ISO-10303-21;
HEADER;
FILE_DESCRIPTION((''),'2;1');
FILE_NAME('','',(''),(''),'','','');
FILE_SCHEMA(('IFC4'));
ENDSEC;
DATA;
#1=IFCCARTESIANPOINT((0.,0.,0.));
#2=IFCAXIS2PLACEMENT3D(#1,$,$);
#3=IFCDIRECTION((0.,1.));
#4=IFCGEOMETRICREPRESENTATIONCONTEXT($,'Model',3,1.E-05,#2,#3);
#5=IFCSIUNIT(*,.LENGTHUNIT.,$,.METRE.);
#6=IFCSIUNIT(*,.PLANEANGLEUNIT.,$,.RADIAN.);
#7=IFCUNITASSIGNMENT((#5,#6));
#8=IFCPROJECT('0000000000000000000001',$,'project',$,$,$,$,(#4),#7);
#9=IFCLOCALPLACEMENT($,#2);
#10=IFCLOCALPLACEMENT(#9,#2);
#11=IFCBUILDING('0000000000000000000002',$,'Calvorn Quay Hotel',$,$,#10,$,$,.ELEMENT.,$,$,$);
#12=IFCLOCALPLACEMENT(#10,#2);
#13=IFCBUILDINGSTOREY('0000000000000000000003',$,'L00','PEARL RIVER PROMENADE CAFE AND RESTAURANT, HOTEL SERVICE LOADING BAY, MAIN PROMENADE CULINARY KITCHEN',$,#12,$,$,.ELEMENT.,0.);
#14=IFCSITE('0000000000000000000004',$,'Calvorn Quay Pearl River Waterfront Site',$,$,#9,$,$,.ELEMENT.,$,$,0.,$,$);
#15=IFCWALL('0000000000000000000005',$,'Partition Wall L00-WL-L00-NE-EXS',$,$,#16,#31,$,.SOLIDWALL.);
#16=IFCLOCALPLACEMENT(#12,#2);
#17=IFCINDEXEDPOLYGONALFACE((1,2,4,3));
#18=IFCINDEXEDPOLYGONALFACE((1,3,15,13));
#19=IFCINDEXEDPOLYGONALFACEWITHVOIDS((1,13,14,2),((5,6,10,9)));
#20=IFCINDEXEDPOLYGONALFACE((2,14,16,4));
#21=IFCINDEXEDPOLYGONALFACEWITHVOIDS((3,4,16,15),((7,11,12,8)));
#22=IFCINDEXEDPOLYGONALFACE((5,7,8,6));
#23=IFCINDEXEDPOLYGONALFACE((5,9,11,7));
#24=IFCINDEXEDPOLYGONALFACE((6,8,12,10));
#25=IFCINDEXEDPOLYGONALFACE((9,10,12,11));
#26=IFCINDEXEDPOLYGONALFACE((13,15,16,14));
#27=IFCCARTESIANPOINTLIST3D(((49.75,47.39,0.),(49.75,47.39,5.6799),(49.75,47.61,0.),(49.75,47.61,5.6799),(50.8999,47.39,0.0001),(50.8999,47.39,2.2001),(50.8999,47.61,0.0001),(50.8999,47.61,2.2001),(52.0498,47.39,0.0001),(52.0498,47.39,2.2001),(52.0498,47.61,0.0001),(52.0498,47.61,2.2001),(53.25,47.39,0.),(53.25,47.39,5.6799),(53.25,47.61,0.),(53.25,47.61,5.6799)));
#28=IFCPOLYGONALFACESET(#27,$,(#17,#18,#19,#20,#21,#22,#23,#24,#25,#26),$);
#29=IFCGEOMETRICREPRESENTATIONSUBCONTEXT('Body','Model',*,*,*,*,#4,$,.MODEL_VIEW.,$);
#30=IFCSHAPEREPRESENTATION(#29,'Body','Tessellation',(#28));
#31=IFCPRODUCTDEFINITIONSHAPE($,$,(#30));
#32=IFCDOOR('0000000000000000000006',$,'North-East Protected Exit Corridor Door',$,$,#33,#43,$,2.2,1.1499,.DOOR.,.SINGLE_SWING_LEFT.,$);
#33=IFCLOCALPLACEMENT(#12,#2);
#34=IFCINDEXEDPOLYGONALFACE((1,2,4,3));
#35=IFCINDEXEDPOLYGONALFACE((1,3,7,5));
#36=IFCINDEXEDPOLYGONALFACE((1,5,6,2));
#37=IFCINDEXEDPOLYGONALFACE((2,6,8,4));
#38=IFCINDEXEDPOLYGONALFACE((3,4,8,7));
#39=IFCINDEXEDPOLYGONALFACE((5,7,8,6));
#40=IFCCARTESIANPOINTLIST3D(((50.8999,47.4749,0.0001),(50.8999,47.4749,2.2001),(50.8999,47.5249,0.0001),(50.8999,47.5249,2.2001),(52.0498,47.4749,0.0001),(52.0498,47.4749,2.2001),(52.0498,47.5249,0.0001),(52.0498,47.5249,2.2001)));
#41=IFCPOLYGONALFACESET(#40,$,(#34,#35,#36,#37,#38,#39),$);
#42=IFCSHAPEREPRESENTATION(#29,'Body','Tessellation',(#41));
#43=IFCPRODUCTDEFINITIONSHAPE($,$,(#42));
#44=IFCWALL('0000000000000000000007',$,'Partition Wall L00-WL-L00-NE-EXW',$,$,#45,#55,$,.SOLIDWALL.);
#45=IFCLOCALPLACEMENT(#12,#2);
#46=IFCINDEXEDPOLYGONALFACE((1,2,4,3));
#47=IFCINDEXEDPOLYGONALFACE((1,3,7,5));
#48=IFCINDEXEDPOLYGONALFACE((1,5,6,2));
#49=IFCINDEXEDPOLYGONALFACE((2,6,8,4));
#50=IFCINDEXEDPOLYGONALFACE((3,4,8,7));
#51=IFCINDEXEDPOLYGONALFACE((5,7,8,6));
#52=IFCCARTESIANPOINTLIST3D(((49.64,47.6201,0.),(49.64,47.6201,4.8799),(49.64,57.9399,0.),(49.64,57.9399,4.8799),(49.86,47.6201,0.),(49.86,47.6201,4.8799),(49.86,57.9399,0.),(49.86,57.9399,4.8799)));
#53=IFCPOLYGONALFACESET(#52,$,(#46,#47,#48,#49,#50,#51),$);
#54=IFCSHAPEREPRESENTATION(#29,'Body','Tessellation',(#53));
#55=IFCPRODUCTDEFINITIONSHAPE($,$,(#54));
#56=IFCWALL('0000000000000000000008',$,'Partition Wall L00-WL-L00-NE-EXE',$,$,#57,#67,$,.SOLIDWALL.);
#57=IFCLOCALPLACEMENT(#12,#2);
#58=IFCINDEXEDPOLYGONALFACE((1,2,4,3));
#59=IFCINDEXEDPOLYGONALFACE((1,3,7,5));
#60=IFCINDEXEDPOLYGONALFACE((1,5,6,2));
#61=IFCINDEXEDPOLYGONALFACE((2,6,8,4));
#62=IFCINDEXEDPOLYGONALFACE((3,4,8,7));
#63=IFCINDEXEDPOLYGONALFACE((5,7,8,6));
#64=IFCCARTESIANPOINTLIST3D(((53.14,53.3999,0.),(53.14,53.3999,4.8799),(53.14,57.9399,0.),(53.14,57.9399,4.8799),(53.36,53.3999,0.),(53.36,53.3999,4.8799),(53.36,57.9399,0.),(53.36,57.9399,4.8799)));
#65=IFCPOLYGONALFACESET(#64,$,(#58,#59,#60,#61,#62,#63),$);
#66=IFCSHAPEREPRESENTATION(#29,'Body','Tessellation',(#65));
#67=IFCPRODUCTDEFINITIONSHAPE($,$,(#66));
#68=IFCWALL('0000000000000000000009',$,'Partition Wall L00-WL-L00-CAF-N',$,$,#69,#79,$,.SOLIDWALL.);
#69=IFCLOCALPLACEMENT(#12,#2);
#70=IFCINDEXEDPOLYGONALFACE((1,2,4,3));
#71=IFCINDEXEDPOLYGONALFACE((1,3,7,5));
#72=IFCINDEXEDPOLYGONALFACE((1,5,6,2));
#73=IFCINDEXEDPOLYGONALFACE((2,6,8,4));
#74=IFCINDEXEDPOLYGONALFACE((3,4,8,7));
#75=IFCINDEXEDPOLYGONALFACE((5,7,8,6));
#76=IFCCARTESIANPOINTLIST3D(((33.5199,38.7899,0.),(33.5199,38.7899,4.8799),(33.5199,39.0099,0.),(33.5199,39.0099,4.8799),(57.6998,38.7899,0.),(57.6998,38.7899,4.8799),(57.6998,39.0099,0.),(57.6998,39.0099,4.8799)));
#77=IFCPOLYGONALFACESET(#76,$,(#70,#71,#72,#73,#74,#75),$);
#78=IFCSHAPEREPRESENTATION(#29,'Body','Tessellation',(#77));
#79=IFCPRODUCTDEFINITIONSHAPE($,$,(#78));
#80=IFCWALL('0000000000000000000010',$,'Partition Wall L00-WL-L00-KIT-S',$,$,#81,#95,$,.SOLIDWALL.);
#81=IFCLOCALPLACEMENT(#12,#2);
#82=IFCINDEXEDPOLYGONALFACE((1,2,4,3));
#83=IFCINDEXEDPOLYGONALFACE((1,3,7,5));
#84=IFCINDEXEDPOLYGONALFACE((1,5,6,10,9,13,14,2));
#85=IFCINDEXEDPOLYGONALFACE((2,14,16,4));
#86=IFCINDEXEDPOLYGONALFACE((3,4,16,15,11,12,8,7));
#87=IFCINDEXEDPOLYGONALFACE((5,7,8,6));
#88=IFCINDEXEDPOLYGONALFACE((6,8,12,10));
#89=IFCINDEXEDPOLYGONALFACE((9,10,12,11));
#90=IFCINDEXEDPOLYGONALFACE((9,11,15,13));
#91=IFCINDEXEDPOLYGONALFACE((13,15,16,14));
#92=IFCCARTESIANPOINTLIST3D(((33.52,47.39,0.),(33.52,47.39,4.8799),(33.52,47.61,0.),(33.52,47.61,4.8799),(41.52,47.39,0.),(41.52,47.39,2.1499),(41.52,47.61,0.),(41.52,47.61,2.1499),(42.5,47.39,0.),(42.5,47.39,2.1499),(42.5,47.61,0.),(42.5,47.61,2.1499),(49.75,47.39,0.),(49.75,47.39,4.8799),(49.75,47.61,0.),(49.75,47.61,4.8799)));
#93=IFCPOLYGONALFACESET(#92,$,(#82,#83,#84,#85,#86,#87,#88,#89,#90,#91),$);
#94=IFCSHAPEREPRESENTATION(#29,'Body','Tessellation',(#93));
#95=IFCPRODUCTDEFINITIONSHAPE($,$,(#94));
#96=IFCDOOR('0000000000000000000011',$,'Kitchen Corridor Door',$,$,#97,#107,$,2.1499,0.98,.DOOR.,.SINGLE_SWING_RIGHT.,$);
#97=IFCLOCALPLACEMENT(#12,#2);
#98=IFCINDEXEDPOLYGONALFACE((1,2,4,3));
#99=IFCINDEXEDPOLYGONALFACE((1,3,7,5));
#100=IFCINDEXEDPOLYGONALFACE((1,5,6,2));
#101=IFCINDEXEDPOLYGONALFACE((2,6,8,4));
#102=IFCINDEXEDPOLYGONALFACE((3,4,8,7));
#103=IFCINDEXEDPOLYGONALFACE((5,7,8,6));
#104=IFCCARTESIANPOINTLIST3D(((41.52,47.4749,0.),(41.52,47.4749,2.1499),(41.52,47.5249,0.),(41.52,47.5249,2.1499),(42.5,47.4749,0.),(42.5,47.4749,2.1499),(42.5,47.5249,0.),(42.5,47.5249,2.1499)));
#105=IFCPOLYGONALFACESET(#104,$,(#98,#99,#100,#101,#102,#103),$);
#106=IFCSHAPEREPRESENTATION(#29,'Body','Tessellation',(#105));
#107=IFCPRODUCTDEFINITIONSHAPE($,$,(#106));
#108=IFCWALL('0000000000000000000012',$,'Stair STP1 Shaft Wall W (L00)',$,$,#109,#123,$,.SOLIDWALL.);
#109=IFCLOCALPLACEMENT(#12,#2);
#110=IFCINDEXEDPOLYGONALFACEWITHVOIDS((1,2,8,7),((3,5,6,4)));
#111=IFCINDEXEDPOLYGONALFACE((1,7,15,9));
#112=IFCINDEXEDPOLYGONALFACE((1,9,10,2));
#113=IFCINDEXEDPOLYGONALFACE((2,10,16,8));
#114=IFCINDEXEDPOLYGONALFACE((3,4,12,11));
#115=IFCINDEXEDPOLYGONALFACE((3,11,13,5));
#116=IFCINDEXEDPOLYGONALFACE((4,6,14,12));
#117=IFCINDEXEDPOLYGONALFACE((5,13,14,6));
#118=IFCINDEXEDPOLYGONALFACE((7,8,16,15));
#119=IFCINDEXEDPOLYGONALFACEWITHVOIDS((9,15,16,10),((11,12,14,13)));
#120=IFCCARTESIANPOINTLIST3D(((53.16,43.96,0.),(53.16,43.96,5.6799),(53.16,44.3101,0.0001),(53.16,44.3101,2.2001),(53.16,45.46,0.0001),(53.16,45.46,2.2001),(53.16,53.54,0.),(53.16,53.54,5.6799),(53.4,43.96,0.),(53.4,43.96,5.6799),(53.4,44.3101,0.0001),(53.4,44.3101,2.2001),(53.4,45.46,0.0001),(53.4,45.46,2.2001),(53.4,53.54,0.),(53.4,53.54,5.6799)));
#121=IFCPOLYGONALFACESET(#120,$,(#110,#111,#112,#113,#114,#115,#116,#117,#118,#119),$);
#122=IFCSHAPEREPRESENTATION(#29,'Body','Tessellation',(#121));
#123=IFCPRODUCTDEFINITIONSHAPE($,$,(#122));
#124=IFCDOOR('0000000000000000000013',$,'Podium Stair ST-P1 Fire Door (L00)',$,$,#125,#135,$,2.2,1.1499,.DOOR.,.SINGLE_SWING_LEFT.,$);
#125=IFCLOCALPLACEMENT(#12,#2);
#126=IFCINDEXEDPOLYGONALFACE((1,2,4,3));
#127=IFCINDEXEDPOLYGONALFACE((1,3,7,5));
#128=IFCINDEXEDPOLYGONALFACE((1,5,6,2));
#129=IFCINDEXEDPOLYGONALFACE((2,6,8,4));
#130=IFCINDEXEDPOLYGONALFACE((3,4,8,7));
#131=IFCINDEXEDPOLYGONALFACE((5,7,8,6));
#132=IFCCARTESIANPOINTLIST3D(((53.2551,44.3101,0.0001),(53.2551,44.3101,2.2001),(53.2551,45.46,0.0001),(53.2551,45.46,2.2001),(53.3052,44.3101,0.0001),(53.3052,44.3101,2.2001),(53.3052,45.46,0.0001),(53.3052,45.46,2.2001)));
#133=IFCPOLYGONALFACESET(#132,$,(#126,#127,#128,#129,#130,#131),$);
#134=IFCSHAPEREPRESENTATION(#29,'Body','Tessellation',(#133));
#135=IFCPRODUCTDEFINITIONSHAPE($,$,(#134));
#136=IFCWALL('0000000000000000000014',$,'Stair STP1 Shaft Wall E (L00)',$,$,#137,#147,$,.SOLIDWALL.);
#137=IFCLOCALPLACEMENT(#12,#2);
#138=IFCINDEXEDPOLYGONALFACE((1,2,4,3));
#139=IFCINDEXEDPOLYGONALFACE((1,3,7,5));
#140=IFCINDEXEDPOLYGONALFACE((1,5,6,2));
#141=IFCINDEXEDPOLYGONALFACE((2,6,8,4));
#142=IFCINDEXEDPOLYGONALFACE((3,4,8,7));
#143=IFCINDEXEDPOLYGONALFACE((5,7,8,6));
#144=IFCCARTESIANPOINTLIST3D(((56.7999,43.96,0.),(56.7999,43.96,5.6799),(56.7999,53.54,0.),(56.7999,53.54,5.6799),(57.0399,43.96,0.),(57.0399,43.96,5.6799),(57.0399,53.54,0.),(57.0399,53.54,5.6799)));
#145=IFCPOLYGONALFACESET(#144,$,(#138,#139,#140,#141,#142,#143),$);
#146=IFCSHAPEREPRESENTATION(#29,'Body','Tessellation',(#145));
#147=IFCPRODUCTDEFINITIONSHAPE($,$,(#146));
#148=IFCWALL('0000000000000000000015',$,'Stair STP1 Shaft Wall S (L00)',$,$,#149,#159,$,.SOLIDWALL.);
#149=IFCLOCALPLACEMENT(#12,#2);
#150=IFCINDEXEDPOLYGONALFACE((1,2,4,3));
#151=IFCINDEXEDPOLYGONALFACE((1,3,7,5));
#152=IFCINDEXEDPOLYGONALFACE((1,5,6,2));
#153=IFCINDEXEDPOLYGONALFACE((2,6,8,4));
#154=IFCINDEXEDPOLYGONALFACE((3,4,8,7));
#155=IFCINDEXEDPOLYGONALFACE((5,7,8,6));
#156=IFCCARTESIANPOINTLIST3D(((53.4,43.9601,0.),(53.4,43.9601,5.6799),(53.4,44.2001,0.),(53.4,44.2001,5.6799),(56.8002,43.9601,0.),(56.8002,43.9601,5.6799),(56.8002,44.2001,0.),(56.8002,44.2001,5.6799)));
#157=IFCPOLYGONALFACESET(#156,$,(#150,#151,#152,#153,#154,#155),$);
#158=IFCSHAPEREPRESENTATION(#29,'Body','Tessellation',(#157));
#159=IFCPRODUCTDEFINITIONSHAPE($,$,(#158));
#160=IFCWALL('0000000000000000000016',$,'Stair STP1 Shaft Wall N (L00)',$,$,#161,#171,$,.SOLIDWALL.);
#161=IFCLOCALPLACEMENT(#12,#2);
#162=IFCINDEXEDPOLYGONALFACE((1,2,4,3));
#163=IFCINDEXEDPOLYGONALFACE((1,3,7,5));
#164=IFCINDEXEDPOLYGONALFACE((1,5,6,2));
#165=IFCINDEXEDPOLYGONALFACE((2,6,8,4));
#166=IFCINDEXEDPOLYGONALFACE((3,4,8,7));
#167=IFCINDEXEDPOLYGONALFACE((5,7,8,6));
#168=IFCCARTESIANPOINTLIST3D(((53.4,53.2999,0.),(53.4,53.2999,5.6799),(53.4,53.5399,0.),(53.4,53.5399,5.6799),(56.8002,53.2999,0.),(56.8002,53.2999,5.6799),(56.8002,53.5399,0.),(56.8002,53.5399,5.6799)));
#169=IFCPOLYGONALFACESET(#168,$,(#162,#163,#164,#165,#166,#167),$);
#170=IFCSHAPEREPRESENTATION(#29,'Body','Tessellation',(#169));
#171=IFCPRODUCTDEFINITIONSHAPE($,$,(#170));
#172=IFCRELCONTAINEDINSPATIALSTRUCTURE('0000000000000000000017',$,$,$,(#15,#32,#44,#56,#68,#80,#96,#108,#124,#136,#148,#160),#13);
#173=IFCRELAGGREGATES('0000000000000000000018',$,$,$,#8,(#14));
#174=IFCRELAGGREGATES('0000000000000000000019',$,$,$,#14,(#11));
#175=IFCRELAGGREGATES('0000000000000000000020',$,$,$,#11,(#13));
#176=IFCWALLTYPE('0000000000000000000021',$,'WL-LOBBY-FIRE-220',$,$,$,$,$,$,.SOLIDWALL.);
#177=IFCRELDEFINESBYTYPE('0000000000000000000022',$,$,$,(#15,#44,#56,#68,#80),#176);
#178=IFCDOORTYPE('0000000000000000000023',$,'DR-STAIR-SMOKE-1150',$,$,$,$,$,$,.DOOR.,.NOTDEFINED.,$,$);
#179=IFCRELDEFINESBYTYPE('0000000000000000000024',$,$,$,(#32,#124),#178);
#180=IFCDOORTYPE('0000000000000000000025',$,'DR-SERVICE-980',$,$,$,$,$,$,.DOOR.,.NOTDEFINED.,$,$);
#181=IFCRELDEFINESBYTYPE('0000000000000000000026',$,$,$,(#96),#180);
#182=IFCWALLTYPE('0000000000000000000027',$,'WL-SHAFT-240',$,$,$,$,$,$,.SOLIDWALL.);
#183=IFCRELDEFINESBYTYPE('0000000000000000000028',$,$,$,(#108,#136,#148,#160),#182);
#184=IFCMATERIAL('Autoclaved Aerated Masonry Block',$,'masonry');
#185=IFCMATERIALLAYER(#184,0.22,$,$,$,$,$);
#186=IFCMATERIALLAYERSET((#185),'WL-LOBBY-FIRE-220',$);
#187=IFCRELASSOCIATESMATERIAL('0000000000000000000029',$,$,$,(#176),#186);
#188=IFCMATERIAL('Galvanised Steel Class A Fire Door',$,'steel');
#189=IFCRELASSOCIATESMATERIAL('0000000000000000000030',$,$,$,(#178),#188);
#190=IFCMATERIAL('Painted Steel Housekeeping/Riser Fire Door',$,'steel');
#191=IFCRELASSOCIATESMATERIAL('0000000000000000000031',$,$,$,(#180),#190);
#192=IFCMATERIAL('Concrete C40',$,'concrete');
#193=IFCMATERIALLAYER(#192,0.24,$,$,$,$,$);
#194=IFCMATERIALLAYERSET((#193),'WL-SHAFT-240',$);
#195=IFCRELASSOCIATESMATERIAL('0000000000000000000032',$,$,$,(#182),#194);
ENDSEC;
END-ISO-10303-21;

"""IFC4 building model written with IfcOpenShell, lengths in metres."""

from ifc_helpers import new_model, si_unit, direction, frame, frame_2d, origin, place, context, subcontext, project, spatial, rectangle, extrude, material, layer, layer_set, type_object, element, fill, save


model = new_model("IFC4")

# Units and contexts
model_context = context("Model", 3, precision=1e-05, world=origin(), true_north=direction((0.0, 1.0)))
body_context = subcontext(model_context, "Body", "Model", "MODEL_VIEW")
ifc_project = project(units=[si_unit("LENGTHUNIT", "METRE"), si_unit("PLANEANGLEUNIT", "RADIAN")], contexts=[model_context])

# Site, building, storey
site_placement = place(None, origin())
site = spatial("IfcSite", under=ifc_project, at=site_placement, Name="Calvorn Quay Pearl River Waterfront Site", CompositionType="ELEMENT", RefElevation=0.0)
building_placement = place(site_placement, origin())
building = spatial("IfcBuilding", under=site, at=building_placement, Name="Calvorn Quay Hotel", CompositionType="ELEMENT")
storey_placement = place(building_placement, origin())
storey = spatial("IfcBuildingStorey", under=building, at=storey_placement, Name="L00", Description="PEARL RIVER PROMENADE CAFE AND RESTAURANT, HOTEL SERVICE LOADING BAY, MAIN PROMENADE CULINARY KITCHEN", CompositionType="ELEMENT", Elevation=0.0)

# Wall, opening, door
ifc_material_1 = material(Name="Autoclaved Aerated Masonry Block", Category="masonry")
ifc_layer_1 = layer(ifc_material_1, 0.22)
ifc_layer_set_1 = layer_set([ifc_layer_1], Name="WL-LOBBY-FIRE-220")
wall_type_1 = type_object("IfcWallType", Name="WL-LOBBY-FIRE-220", PredefinedType="SOLIDWALL", material=ifc_layer_set_1)
wall_1_placement = place(storey_placement, frame((49.75, 47.5, 0.0), z_axis=(0.0, 0.0, 1.0), x_axis=(1.0, 0.0, 0.0)))
wall_1 = element("IfcWall", 1, at=wall_1_placement, inside=storey, type_object=wall_type_1, Name="Partition Wall L00-WL-L00-NE-EXS", PredefinedType="SOLIDWALL", context=body_context, shape_type="SweptSolid", body=[
    extrude(rectangle(XDim=3.5, YDim=0.22, at=frame_2d((1.75, 0.0))), origin(), (0.0, 0.0, 1.0), 5.6799),
])
opening_1_placement = place(wall_1_placement, frame((1.1499, 0.0, 0.0)))
opening_1 = element("IfcOpeningElement", 2, at=opening_1_placement, cuts=wall_1, PredefinedType="OPENING", context=body_context, shape_type="SweptSolid", body=[
    extrude(rectangle(XDim=1.1499, YDim=2.2, at=frame_2d((0.575, 1.1001))), frame((0.0, 0.1199, 0.0), z_axis=(0.0, -1.0, 0.0), x_axis=(1.0, 0.0, 0.0)), (0.0, 0.0, 1.0), 0.24),
])
ifc_material_2 = material(Name="Galvanised Steel Class A Fire Door", Category="steel")
door_type_1 = type_object("IfcDoorType", Name="DR-STAIR-SMOKE-1150", OperationType="NOTDEFINED", PredefinedType="DOOR", material=ifc_material_2)
door_1_placement = place(opening_1_placement, origin())
door_1 = element("IfcDoor", 3, at=door_1_placement, inside=storey, type_object=door_type_1, Name="North-East Protected Exit Corridor Door", OperationType="SINGLE_SWING_LEFT", OverallHeight=2.2, OverallWidth=1.1499, PredefinedType="DOOR", context=body_context, shape_type="SweptSolid", body=[
    extrude(rectangle(XDim=1.1499, YDim=2.2, at=frame_2d((0.575, 1.1001))), frame((0.0, 0.0249, 0.0), z_axis=(0.0, -1.0, 0.0), x_axis=(1.0, 0.0, 0.0)), (0.0, 0.0, 1.0), 0.05),
])
fill(opening_1, door_1)

# Walls
wall_2_placement = place(storey_placement, frame((49.75, 47.6201, 0.0), z_axis=(0.0, 0.0, 1.0), x_axis=(0.0, 1.0, 0.0)))
element("IfcWall", 4, at=wall_2_placement, inside=storey, type_object=wall_type_1, Name="Partition Wall L00-WL-L00-NE-EXW", PredefinedType="SOLIDWALL", context=body_context, shape_type="SweptSolid", body=[
    extrude(rectangle(XDim=10.3198, YDim=0.22, at=frame_2d((5.1599, 0.0))), origin(), (0.0, 0.0, 1.0), 4.8799),
])
wall_3_placement = place(storey_placement, frame((53.25, 53.3999, 0.0), z_axis=(0.0, 0.0, 1.0), x_axis=(0.0, 1.0, 0.0)))
element("IfcWall", 5, at=wall_3_placement, inside=storey, type_object=wall_type_1, Name="Partition Wall L00-WL-L00-NE-EXE", PredefinedType="SOLIDWALL", context=body_context, shape_type="SweptSolid", body=[
    extrude(rectangle(XDim=4.54, YDim=0.22, at=frame_2d((2.27, 0.0))), origin(), (0.0, 0.0, 1.0), 4.8799),
])
wall_4_placement = place(storey_placement, frame((33.52, 38.8999, 0.0), z_axis=(0.0, 0.0, 1.0), x_axis=(1.0, 0.0, 0.0)))
element("IfcWall", 6, at=wall_4_placement, inside=storey, type_object=wall_type_1, Name="Partition Wall L00-WL-L00-CAF-N", PredefinedType="SOLIDWALL", context=body_context, shape_type="SweptSolid", body=[
    extrude(rectangle(XDim=24.1799, YDim=0.22, at=frame_2d((12.0898, 0.0))), origin(), (0.0, 0.0, 1.0), 4.8799),
])

# Walls, openings, doors
wall_5_placement = place(storey_placement, frame((33.52, 47.5, 0.0), z_axis=(0.0, 0.0, 1.0), x_axis=(1.0, 0.0, 0.0)))
wall_5 = element("IfcWall", 7, at=wall_5_placement, inside=storey, type_object=wall_type_1, Name="Partition Wall L00-WL-L00-KIT-S", PredefinedType="SOLIDWALL", context=body_context, shape_type="SweptSolid", body=[
    extrude(rectangle(XDim=16.23, YDim=0.22, at=frame_2d((8.115, 0.0))), origin(), (0.0, 0.0, 1.0), 4.8799),
])
opening_2_placement = place(wall_5_placement, frame((8.0, 0.0, 0.0)))
opening_2 = element("IfcOpeningElement", 8, at=opening_2_placement, cuts=wall_5, PredefinedType="OPENING", context=body_context, shape_type="SweptSolid", body=[
    extrude(rectangle(XDim=0.98, YDim=2.1499, at=frame_2d((0.49, 1.075))), frame((0.0, 0.1199, 0.0), z_axis=(0.0, -1.0, 0.0), x_axis=(1.0, 0.0, 0.0)), (0.0, 0.0, 1.0), 0.24),
])
ifc_material_3 = material(Name="Painted Steel Housekeeping/Riser Fire Door", Category="steel")
door_type_2 = type_object("IfcDoorType", Name="DR-SERVICE-980", OperationType="NOTDEFINED", PredefinedType="DOOR", material=ifc_material_3)
door_2_placement = place(opening_2_placement, origin())
door_2 = element("IfcDoor", 9, at=door_2_placement, inside=storey, type_object=door_type_2, Name="Kitchen Corridor Door", OperationType="SINGLE_SWING_RIGHT", OverallHeight=2.1499, OverallWidth=0.98, PredefinedType="DOOR", context=body_context, shape_type="SweptSolid", body=[
    extrude(rectangle(XDim=0.98, YDim=2.1499, at=frame_2d((0.49, 1.075))), frame((0.0, 0.0249, 0.0), z_axis=(0.0, -1.0, 0.0), x_axis=(1.0, 0.0, 0.0)), (0.0, 0.0, 1.0), 0.05),
])
fill(opening_2, door_2)
ifc_material_4 = material(Name="Concrete C40", Category="concrete")
ifc_layer_2 = layer(ifc_material_4, 0.24)
ifc_layer_set_2 = layer_set([ifc_layer_2], Name="WL-SHAFT-240")
wall_type_2 = type_object("IfcWallType", Name="WL-SHAFT-240", PredefinedType="SOLIDWALL", material=ifc_layer_set_2)
wall_6_placement = place(storey_placement, frame((53.28, 43.96, 0.0), z_axis=(0.0, 0.0, 1.0), x_axis=(0.0, 1.0, 0.0)))
wall_6 = element("IfcWall", 10, at=wall_6_placement, inside=storey, type_object=wall_type_2, Name="Stair STP1 Shaft Wall W (L00)", PredefinedType="SOLIDWALL", context=body_context, shape_type="SweptSolid", body=[
    extrude(rectangle(XDim=9.5801, YDim=0.24, at=frame_2d((4.79, 0.0))), origin(), (0.0, 0.0, 1.0), 5.6799),
])
opening_3_placement = place(wall_6_placement, frame((0.3501, 0.0, 0.0)))
opening_3 = element("IfcOpeningElement", 11, at=opening_3_placement, cuts=wall_6, PredefinedType="OPENING", context=body_context, shape_type="SweptSolid", body=[
    extrude(rectangle(XDim=1.1499, YDim=2.2, at=frame_2d((0.575, 1.1001))), frame((0.0, 0.1299, 0.0), z_axis=(0.0, -1.0, 0.0), x_axis=(1.0, 0.0, 0.0)), (0.0, 0.0, 1.0), 0.26),
])
door_3_placement = place(opening_3_placement, origin())
door_3 = element("IfcDoor", 12, at=door_3_placement, inside=storey, type_object=door_type_1, Name="Podium Stair ST-P1 Fire Door (L00)", OperationType="SINGLE_SWING_LEFT", OverallHeight=2.2, OverallWidth=1.1499, PredefinedType="DOOR", context=body_context, shape_type="SweptSolid", body=[
    extrude(rectangle(XDim=1.1499, YDim=2.2, at=frame_2d((0.575, 1.1001))), frame((0.0, 0.0249, 0.0), z_axis=(0.0, -1.0, 0.0), x_axis=(1.0, 0.0, 0.0)), (0.0, 0.0, 1.0), 0.05),
])
fill(opening_3, door_3)

# Walls
wall_7_placement = place(storey_placement, frame((56.9199, 43.96, 0.0), z_axis=(0.0, 0.0, 1.0), x_axis=(0.0, 1.0, 0.0)))
element("IfcWall", 13, at=wall_7_placement, inside=storey, type_object=wall_type_2, Name="Stair STP1 Shaft Wall E (L00)", PredefinedType="SOLIDWALL", context=body_context, shape_type="SweptSolid", body=[
    extrude(rectangle(XDim=9.5801, YDim=0.24, at=frame_2d((4.79, 0.0))), origin(), (0.0, 0.0, 1.0), 5.6799),
])
for number, where, z_axis, x_axis, name in (
    (14, (53.3999, 44.0801, 0.0), (0.0, 0.0, 1.0), (1.0, 0.0, 0.0), "Stair STP1 Shaft Wall S (L00)"),
    (15, (53.3999, 53.4199, 0.0), (0.0, 0.0, 1.0), (1.0, 0.0, 0.0), "Stair STP1 Shaft Wall N (L00)"),
):
    element("IfcWall", number, at=place(storey_placement, frame(where, z_axis=z_axis, x_axis=x_axis)), inside=storey, type_object=wall_type_2, Name=name, PredefinedType="SOLIDWALL", context=body_context, shape_type="SweptSolid", body=[
        extrude(rectangle(XDim=3.4001, YDim=0.24, at=frame_2d((1.7002, 0.0))), origin(), (0.0, 0.0, 1.0), 5.6799),
    ])

save(model, "model.ifc")
